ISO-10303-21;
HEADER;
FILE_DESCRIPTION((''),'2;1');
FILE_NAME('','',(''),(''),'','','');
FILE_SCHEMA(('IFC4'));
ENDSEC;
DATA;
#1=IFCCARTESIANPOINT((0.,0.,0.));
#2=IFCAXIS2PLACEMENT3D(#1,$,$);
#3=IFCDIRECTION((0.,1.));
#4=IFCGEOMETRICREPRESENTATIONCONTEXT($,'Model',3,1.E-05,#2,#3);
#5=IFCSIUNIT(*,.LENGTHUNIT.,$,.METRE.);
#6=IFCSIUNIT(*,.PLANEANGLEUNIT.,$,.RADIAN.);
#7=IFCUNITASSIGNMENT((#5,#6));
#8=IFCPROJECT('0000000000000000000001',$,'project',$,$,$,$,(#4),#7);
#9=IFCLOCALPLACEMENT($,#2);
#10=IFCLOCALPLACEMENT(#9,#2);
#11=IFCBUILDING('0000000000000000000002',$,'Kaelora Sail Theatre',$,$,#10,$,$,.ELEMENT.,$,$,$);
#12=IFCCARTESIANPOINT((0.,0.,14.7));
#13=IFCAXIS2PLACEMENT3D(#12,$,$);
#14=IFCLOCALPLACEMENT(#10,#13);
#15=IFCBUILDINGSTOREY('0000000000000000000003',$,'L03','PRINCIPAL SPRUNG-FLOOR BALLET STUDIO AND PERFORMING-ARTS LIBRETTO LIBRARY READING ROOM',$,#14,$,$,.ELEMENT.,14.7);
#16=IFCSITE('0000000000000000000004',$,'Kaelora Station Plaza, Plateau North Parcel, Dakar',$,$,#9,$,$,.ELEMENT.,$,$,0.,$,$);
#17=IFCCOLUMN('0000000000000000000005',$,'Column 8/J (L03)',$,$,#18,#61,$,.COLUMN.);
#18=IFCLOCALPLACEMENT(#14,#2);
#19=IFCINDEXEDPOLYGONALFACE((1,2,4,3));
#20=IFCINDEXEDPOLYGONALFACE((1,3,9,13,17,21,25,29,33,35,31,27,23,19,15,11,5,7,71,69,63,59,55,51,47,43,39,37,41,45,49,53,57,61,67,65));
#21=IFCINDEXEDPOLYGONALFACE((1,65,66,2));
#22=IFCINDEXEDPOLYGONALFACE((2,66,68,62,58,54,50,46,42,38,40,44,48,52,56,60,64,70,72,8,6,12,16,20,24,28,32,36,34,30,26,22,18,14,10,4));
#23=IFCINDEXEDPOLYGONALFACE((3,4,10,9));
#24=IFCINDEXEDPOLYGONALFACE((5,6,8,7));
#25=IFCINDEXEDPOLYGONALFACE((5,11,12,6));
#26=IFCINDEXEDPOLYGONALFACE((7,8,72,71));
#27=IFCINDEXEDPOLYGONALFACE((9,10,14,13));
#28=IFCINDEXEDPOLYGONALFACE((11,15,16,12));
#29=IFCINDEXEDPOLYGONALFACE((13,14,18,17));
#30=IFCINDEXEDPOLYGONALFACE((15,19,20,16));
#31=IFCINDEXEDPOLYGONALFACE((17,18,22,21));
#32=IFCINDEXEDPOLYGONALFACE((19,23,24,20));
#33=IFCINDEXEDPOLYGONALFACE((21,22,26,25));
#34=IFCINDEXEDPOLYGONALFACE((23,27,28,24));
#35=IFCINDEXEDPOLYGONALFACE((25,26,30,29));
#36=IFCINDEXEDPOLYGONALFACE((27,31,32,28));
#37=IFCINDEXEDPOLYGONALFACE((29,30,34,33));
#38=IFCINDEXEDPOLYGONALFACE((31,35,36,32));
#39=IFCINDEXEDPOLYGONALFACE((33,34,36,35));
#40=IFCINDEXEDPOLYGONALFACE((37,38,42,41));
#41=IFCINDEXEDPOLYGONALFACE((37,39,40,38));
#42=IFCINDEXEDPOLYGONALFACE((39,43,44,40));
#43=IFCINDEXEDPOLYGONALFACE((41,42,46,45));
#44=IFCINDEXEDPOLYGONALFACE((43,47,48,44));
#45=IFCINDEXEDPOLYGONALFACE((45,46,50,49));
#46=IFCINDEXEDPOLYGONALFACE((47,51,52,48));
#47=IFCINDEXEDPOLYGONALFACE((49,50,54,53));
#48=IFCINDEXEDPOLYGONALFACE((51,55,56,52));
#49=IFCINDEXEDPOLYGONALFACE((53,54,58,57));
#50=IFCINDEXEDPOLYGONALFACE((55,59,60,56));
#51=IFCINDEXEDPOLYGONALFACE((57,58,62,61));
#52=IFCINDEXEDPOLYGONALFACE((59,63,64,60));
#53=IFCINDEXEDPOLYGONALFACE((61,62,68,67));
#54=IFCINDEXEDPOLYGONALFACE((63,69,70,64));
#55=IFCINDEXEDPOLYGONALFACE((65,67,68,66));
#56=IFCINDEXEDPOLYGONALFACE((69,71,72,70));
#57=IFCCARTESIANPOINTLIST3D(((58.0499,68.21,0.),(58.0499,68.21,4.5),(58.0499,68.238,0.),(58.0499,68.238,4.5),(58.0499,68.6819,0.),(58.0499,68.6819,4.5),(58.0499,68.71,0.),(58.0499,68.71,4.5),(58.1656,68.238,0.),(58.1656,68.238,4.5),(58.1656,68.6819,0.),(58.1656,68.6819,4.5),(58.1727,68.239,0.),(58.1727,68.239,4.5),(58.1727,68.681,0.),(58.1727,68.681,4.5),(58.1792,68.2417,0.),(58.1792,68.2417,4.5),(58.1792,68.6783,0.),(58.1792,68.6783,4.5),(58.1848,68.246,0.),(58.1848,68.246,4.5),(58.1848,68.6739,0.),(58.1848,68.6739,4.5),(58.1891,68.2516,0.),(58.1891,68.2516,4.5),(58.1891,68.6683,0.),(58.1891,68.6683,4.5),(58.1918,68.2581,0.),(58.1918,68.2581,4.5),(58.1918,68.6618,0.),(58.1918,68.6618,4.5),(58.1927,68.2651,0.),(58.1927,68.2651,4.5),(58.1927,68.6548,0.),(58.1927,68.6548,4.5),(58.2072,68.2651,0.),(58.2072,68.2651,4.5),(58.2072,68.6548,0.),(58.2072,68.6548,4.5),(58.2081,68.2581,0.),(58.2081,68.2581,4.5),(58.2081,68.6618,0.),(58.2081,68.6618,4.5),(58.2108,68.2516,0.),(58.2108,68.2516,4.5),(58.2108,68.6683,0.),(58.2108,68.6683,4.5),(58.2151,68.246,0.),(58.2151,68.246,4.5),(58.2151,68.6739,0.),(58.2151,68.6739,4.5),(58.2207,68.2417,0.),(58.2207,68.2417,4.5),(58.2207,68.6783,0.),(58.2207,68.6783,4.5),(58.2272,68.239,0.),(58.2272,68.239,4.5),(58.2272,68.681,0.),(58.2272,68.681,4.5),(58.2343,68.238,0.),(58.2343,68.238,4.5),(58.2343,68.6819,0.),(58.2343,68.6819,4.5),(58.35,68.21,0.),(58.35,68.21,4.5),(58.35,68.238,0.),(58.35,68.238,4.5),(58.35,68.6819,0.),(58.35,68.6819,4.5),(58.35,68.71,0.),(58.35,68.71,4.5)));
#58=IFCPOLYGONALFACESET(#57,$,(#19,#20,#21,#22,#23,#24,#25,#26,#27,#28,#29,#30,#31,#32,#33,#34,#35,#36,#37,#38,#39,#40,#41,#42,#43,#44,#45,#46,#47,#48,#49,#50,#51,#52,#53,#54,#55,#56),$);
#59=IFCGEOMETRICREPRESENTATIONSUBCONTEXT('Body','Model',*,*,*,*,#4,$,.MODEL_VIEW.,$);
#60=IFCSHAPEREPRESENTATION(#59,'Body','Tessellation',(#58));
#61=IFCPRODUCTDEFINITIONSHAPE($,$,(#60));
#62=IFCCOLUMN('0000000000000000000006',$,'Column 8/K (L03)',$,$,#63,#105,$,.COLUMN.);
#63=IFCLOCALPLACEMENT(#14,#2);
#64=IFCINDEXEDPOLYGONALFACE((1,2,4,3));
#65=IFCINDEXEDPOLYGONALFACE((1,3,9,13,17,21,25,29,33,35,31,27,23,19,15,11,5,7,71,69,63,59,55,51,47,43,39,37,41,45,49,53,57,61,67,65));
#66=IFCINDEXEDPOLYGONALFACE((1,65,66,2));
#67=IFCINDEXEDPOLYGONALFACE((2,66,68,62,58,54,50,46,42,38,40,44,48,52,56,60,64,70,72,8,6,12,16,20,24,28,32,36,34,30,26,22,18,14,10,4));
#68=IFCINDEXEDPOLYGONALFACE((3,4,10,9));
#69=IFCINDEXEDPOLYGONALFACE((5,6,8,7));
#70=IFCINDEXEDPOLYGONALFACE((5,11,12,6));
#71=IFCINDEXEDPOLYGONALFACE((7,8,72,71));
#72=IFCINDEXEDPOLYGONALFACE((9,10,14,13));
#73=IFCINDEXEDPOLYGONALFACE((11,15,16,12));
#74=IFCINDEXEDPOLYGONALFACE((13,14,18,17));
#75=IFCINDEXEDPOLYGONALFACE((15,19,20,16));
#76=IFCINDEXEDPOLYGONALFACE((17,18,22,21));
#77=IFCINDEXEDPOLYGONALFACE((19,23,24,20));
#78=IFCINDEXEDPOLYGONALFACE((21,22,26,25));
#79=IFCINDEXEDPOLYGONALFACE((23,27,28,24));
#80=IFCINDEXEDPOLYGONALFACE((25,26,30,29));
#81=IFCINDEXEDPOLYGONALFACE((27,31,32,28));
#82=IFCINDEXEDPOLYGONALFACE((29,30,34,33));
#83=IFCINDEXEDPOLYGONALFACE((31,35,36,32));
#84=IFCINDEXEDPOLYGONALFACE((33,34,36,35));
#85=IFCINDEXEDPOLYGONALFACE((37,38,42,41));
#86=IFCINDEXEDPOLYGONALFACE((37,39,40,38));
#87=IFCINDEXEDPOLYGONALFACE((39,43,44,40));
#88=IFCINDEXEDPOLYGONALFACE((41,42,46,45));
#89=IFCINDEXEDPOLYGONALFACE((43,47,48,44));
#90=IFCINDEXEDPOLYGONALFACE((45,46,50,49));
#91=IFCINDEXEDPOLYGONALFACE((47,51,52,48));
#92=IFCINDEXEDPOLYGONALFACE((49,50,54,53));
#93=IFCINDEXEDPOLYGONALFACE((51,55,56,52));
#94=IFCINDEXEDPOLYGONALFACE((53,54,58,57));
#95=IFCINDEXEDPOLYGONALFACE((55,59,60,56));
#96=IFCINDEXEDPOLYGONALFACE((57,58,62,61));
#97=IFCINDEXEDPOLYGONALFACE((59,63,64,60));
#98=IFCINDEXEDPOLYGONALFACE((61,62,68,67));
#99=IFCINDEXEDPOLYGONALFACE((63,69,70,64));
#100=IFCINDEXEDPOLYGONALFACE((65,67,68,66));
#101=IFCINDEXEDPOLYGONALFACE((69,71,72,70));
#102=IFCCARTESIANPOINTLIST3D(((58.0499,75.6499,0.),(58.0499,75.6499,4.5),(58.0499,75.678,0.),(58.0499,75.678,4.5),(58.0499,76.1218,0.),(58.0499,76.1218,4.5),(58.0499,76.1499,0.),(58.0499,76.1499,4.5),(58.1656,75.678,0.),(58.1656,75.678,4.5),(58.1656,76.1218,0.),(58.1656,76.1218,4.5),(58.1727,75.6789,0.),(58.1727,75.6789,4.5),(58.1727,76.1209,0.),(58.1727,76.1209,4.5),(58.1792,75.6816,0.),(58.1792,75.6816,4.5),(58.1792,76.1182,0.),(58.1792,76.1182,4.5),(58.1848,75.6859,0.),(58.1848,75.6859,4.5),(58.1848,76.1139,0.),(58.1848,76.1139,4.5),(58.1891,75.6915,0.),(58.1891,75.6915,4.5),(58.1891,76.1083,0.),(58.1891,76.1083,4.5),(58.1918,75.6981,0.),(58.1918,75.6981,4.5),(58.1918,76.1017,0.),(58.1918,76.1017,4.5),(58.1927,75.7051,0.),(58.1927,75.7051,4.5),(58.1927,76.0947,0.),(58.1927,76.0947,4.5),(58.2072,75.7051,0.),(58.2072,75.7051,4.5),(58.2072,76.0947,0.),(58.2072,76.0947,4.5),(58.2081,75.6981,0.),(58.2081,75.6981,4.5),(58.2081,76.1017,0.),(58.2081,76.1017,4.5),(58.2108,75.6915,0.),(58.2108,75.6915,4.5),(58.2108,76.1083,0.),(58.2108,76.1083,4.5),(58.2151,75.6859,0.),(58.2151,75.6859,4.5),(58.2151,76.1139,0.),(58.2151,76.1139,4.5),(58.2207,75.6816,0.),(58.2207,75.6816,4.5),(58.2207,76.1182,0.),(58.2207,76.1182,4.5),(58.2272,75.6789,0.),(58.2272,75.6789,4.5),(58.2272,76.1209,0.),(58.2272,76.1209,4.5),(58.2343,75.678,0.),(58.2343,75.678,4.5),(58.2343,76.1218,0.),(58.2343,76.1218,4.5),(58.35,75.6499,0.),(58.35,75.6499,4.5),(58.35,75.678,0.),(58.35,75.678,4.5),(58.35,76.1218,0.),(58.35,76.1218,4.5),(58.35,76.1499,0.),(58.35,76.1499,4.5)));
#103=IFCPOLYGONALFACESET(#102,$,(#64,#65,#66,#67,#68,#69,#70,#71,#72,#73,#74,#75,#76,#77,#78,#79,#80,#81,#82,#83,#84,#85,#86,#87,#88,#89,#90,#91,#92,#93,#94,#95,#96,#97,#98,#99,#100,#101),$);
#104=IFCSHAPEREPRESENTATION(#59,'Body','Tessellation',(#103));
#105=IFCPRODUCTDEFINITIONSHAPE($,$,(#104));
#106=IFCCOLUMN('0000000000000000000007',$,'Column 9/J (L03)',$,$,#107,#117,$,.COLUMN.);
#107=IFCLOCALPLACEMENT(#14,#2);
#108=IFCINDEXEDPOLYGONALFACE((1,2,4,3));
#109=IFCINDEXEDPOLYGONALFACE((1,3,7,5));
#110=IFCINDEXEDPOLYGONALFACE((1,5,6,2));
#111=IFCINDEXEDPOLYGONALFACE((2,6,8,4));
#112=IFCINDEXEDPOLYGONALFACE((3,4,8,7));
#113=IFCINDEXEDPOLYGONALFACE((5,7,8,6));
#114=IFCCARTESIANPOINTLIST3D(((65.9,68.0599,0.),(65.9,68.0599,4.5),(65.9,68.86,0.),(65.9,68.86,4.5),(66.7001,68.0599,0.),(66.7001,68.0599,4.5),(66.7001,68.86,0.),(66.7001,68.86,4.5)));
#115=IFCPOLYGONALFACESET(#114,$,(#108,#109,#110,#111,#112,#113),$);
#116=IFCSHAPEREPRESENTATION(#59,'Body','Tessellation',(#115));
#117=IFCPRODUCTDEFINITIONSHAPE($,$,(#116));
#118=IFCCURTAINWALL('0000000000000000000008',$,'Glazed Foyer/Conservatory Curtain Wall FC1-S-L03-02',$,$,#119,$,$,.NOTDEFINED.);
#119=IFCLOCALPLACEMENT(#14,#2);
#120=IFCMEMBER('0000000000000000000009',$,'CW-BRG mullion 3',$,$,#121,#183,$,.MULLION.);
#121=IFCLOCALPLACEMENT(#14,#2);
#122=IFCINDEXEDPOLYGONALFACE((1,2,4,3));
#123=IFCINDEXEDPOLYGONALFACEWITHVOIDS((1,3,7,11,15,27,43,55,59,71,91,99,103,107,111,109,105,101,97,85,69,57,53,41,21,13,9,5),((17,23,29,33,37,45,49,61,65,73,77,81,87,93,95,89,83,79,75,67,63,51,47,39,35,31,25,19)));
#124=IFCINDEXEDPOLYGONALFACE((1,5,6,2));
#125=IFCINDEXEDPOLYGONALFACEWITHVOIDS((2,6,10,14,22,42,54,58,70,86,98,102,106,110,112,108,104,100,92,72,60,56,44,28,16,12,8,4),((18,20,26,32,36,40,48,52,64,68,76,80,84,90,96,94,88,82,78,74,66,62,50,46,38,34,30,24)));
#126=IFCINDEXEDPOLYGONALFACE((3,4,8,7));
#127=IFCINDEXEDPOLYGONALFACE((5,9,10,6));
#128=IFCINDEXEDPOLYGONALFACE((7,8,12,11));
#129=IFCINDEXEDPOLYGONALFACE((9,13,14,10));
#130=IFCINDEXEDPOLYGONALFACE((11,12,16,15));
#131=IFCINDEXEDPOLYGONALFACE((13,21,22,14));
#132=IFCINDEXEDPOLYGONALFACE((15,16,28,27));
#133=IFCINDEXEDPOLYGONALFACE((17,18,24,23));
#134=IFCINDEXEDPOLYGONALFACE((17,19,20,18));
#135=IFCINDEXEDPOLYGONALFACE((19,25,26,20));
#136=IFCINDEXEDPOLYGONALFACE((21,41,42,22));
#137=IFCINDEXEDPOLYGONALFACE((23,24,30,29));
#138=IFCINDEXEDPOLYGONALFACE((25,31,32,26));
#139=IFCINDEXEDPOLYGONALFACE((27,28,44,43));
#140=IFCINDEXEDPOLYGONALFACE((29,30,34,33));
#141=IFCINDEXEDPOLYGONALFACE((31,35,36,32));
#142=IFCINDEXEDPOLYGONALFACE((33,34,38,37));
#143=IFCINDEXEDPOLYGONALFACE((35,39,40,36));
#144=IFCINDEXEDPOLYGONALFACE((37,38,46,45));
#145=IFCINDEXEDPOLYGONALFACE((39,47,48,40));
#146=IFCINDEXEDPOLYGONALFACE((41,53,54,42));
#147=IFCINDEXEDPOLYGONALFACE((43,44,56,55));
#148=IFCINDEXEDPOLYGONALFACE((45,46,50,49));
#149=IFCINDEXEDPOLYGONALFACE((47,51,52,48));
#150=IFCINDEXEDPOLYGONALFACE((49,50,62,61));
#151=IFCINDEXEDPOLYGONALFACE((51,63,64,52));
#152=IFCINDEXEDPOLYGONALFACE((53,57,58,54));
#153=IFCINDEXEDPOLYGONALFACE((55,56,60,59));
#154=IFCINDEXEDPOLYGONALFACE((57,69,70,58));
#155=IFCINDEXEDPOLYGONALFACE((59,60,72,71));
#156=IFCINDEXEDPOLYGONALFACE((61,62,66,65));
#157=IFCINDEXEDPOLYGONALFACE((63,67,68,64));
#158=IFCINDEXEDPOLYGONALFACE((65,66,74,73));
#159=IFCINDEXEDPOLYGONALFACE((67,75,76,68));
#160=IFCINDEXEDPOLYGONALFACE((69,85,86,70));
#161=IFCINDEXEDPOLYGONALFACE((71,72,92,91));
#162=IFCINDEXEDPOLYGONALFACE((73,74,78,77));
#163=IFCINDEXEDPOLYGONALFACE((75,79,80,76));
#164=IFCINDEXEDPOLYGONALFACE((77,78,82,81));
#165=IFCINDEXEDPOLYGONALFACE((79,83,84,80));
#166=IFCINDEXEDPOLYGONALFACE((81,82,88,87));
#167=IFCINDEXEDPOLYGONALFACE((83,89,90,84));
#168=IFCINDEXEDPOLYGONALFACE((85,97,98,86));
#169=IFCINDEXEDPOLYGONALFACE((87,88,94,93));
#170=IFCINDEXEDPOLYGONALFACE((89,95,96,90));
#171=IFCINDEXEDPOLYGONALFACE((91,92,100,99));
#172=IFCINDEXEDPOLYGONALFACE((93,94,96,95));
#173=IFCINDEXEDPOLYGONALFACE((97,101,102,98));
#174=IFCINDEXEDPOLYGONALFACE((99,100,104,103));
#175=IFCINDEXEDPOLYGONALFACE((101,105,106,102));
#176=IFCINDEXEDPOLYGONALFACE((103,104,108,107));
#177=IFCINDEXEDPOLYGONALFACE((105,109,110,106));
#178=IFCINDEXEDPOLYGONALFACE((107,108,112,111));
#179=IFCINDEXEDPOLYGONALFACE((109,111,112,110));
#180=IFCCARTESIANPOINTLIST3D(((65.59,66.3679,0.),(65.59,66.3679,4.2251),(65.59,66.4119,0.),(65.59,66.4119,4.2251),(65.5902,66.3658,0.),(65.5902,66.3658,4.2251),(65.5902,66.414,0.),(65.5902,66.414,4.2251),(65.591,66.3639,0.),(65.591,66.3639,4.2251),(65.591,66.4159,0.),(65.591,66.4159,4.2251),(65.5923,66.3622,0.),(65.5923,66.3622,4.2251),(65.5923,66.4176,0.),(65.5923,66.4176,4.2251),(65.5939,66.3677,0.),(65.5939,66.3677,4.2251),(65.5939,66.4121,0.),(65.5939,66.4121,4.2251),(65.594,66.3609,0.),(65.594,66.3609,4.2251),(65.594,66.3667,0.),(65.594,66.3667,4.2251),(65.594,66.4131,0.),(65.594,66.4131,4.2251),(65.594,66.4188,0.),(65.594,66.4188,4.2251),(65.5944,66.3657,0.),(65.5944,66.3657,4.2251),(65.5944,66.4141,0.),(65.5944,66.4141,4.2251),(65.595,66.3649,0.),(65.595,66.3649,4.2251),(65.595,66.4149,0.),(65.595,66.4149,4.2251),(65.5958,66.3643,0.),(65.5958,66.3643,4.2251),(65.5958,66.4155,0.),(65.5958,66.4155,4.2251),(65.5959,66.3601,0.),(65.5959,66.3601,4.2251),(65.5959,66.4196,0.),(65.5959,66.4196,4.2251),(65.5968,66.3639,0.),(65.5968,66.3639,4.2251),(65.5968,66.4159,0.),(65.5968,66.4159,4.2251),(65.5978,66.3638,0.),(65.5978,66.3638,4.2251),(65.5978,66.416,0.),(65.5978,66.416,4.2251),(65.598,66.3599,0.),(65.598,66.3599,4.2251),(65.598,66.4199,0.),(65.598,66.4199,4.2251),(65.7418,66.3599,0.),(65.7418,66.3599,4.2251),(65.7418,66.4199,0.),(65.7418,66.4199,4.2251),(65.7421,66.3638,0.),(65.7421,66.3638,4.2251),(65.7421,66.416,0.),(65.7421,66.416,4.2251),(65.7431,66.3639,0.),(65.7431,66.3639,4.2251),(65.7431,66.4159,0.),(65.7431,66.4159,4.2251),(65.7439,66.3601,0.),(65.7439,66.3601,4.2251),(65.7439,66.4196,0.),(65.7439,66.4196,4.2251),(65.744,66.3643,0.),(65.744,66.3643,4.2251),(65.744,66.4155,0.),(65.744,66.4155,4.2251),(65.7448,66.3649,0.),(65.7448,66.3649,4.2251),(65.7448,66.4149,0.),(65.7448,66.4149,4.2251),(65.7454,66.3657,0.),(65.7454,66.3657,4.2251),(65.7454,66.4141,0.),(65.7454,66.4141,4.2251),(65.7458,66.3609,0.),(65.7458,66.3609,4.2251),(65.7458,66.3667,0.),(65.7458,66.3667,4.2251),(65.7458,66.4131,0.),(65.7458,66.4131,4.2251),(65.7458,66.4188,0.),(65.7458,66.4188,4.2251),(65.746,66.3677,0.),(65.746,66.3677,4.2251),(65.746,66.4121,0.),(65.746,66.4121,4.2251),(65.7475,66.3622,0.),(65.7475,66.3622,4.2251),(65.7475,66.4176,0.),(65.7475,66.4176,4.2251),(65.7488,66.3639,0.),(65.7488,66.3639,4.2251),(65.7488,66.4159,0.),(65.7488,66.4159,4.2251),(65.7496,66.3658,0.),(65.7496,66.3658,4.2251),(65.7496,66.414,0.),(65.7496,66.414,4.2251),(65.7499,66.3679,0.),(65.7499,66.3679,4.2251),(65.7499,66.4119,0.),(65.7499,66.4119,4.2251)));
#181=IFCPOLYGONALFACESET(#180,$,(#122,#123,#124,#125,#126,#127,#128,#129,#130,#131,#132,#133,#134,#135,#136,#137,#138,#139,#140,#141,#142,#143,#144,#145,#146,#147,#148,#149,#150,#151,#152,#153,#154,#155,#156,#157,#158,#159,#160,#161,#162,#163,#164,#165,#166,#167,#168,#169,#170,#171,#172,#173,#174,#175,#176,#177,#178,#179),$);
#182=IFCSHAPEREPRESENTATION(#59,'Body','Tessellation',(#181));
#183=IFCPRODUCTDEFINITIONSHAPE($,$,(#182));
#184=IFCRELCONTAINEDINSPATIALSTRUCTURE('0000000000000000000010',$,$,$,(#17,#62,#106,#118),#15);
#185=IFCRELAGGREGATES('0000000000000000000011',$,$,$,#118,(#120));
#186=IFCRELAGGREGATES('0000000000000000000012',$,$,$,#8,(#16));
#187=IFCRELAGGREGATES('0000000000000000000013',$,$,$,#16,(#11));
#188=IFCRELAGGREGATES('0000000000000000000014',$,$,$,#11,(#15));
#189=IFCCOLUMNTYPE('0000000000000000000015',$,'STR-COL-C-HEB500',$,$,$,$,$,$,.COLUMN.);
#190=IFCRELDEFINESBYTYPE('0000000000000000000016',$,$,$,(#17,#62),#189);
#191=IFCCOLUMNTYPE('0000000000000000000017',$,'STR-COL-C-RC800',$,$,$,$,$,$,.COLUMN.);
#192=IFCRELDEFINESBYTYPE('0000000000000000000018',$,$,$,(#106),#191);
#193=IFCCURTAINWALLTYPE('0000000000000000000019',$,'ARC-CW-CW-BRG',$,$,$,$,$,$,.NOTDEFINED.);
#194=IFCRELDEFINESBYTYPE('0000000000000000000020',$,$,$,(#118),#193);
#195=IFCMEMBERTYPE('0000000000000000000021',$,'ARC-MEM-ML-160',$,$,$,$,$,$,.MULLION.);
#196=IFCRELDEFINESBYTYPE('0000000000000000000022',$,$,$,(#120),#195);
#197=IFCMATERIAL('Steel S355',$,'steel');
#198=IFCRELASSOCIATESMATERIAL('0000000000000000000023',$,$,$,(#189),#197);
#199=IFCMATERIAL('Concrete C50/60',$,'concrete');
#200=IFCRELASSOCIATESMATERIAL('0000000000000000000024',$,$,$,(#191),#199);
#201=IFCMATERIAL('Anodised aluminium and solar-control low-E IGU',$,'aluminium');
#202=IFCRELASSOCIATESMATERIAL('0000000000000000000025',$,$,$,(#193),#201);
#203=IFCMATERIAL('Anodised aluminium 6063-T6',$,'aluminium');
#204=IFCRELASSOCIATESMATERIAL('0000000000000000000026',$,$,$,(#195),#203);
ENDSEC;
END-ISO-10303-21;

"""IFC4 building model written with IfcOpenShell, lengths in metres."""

from ifc_helpers import new_model, si_unit, direction, frame, origin, origin_2d, place, context, subcontext, project, spatial, rectangle, hollow_rectangle, i_section, extrude, material, material_profile, profile_set, type_object, element, aggregate, save


model = new_model("IFC4")

# Units and contexts
model_context = context("Model", 3, precision=1e-05, world=origin(), true_north=direction((0.0, 1.0)))
body_context = subcontext(model_context, "Body", "Model", "MODEL_VIEW")
ifc_project = project(units=[si_unit("LENGTHUNIT", "METRE"), si_unit("PLANEANGLEUNIT", "RADIAN")], contexts=[model_context])

# Site, building, storey
site_placement = place(None, origin())
site = spatial("IfcSite", under=ifc_project, at=site_placement, Name="Kaelora Station Plaza, Plateau North Parcel, Dakar", CompositionType="ELEMENT", RefElevation=0.0)
building_placement = place(site_placement, origin())
building = spatial("IfcBuilding", under=site, at=building_placement, Name="Kaelora Sail Theatre", CompositionType="ELEMENT")
storey_placement = place(building_placement, frame((0.0, 0.0, 14.7)))
storey = spatial("IfcBuildingStorey", under=building, at=storey_placement, Name="L03", Description="PRINCIPAL SPRUNG-FLOOR BALLET STUDIO AND PERFORMING-ARTS LIBRETTO LIBRARY READING ROOM", CompositionType="ELEMENT", Elevation=14.7)

# Columns
ifc_material_1 = material(Name="Steel S355", Category="steel")
ifc_material_profile_1 = material_profile(ifc_material_1, i_section(OverallWidth=0.3, OverallDepth=0.5, WebThickness=0.0144, FlangeThickness=0.0281, FilletRadius=0.0271, at=origin_2d()), Name="HEB 500")
ifc_profile_set_1 = profile_set([ifc_material_profile_1], Name="Steel S355")
column_type_1 = type_object("IfcColumnType", Name="STR-COL-C-HEB500", PredefinedType="COLUMN", material=ifc_profile_set_1)
for number, where, z_axis, x_axis, name in (
    (1, (58.2, 68.46, 0.0), (0.0, 0.0, 1.0), (1.0, 0.0, 0.0), "Column 8/J (L03)"),
    (2, (58.2, 75.8999, 0.0), (0.0, 0.0, 1.0), (1.0, 0.0, 0.0), "Column 8/K (L03)"),
):
    element("IfcColumn", number, at=place(storey_placement, frame(where, z_axis=z_axis, x_axis=x_axis)), inside=storey, type_object=column_type_1, Name=name, PredefinedType="COLUMN", context=body_context, shape_type="SweptSolid", body=[
        extrude(i_section(OverallWidth=0.3, OverallDepth=0.5, WebThickness=0.0144, FlangeThickness=0.0281, FilletRadius=0.0271, at=origin_2d()), origin(), (0.0, 0.0, 1.0), 4.5),
    ])
ifc_material_2 = material(Name="Concrete C50/60", Category="concrete")
ifc_material_profile_2 = material_profile(ifc_material_2, rectangle(XDim=0.8, YDim=0.8, at=origin_2d()), Name="RC-COL 800x800")
ifc_profile_set_2 = profile_set([ifc_material_profile_2], Name="Concrete C50/60")
column_type_2 = type_object("IfcColumnType", Name="STR-COL-C-RC800", PredefinedType="COLUMN", material=ifc_profile_set_2)
column_placement = place(storey_placement, frame((66.3, 68.46, 0.0), z_axis=(0.0, 0.0, 1.0), x_axis=(1.0, 0.0, 0.0)))
element("IfcColumn", 3, at=column_placement, inside=storey, type_object=column_type_2, Name="Column 9/J (L03)", PredefinedType="COLUMN", context=body_context, shape_type="SweptSolid", body=[
    extrude(rectangle(XDim=0.8, YDim=0.8, at=origin_2d()), origin(), (0.0, 0.0, 1.0), 4.5),
])

# Curtain wall, member
ifc_material_3 = material(Name="Anodised aluminium and solar-control low-E IGU", Category="aluminium")
curtain_wall_type = type_object("IfcCurtainWallType", Name="ARC-CW-CW-BRG", PredefinedType="NOTDEFINED", material=ifc_material_3)
curtain_wall_placement = place(storey_placement, origin())
curtain_wall = element("IfcCurtainWall", 4, at=curtain_wall_placement, inside=storey, type_object=curtain_wall_type, Name="Glazed Foyer/Conservatory Curtain Wall FC1-S-L03-02", PredefinedType="NOTDEFINED")
ifc_material_4 = material(Name="Anodised aluminium 6063-T6", Category="aluminium")
ifc_material_profile_3 = material_profile(ifc_material_4, hollow_rectangle(XDim=0.0601, YDim=0.1599, WallThickness=0.0039, InnerFilletRadius=0.0039, OuterFilletRadius=0.0081, at=origin_2d()), Name="ALU-MULL 60x160x4")
ifc_profile_set_3 = profile_set([ifc_material_profile_3], Name="Anodised aluminium 6063-T6")
member_type_1 = type_object("IfcMemberType", Name="ARC-MEM-ML-160", PredefinedType="MULLION", material=ifc_profile_set_3)
member_1_placement = place(storey_placement, frame((65.6699, 66.3899, 0.0), z_axis=(0.0, 0.0, 1.0), x_axis=(0.0, 1.0, 0.0)))
member_1 = element("IfcMember", 5, at=member_1_placement, type_object=member_type_1, Name="CW-BRG mullion 3", PredefinedType="MULLION", context=body_context, shape_type="SweptSolid", body=[
    extrude(hollow_rectangle(XDim=0.0601, YDim=0.1599, WallThickness=0.0039, InnerFilletRadius=0.0039, OuterFilletRadius=0.0081, at=origin_2d()), origin(), (0.0, 0.0, 1.0), 4.2251),
])

aggregate(curtain_wall, [member_1])

save(model, "model.ifc")
